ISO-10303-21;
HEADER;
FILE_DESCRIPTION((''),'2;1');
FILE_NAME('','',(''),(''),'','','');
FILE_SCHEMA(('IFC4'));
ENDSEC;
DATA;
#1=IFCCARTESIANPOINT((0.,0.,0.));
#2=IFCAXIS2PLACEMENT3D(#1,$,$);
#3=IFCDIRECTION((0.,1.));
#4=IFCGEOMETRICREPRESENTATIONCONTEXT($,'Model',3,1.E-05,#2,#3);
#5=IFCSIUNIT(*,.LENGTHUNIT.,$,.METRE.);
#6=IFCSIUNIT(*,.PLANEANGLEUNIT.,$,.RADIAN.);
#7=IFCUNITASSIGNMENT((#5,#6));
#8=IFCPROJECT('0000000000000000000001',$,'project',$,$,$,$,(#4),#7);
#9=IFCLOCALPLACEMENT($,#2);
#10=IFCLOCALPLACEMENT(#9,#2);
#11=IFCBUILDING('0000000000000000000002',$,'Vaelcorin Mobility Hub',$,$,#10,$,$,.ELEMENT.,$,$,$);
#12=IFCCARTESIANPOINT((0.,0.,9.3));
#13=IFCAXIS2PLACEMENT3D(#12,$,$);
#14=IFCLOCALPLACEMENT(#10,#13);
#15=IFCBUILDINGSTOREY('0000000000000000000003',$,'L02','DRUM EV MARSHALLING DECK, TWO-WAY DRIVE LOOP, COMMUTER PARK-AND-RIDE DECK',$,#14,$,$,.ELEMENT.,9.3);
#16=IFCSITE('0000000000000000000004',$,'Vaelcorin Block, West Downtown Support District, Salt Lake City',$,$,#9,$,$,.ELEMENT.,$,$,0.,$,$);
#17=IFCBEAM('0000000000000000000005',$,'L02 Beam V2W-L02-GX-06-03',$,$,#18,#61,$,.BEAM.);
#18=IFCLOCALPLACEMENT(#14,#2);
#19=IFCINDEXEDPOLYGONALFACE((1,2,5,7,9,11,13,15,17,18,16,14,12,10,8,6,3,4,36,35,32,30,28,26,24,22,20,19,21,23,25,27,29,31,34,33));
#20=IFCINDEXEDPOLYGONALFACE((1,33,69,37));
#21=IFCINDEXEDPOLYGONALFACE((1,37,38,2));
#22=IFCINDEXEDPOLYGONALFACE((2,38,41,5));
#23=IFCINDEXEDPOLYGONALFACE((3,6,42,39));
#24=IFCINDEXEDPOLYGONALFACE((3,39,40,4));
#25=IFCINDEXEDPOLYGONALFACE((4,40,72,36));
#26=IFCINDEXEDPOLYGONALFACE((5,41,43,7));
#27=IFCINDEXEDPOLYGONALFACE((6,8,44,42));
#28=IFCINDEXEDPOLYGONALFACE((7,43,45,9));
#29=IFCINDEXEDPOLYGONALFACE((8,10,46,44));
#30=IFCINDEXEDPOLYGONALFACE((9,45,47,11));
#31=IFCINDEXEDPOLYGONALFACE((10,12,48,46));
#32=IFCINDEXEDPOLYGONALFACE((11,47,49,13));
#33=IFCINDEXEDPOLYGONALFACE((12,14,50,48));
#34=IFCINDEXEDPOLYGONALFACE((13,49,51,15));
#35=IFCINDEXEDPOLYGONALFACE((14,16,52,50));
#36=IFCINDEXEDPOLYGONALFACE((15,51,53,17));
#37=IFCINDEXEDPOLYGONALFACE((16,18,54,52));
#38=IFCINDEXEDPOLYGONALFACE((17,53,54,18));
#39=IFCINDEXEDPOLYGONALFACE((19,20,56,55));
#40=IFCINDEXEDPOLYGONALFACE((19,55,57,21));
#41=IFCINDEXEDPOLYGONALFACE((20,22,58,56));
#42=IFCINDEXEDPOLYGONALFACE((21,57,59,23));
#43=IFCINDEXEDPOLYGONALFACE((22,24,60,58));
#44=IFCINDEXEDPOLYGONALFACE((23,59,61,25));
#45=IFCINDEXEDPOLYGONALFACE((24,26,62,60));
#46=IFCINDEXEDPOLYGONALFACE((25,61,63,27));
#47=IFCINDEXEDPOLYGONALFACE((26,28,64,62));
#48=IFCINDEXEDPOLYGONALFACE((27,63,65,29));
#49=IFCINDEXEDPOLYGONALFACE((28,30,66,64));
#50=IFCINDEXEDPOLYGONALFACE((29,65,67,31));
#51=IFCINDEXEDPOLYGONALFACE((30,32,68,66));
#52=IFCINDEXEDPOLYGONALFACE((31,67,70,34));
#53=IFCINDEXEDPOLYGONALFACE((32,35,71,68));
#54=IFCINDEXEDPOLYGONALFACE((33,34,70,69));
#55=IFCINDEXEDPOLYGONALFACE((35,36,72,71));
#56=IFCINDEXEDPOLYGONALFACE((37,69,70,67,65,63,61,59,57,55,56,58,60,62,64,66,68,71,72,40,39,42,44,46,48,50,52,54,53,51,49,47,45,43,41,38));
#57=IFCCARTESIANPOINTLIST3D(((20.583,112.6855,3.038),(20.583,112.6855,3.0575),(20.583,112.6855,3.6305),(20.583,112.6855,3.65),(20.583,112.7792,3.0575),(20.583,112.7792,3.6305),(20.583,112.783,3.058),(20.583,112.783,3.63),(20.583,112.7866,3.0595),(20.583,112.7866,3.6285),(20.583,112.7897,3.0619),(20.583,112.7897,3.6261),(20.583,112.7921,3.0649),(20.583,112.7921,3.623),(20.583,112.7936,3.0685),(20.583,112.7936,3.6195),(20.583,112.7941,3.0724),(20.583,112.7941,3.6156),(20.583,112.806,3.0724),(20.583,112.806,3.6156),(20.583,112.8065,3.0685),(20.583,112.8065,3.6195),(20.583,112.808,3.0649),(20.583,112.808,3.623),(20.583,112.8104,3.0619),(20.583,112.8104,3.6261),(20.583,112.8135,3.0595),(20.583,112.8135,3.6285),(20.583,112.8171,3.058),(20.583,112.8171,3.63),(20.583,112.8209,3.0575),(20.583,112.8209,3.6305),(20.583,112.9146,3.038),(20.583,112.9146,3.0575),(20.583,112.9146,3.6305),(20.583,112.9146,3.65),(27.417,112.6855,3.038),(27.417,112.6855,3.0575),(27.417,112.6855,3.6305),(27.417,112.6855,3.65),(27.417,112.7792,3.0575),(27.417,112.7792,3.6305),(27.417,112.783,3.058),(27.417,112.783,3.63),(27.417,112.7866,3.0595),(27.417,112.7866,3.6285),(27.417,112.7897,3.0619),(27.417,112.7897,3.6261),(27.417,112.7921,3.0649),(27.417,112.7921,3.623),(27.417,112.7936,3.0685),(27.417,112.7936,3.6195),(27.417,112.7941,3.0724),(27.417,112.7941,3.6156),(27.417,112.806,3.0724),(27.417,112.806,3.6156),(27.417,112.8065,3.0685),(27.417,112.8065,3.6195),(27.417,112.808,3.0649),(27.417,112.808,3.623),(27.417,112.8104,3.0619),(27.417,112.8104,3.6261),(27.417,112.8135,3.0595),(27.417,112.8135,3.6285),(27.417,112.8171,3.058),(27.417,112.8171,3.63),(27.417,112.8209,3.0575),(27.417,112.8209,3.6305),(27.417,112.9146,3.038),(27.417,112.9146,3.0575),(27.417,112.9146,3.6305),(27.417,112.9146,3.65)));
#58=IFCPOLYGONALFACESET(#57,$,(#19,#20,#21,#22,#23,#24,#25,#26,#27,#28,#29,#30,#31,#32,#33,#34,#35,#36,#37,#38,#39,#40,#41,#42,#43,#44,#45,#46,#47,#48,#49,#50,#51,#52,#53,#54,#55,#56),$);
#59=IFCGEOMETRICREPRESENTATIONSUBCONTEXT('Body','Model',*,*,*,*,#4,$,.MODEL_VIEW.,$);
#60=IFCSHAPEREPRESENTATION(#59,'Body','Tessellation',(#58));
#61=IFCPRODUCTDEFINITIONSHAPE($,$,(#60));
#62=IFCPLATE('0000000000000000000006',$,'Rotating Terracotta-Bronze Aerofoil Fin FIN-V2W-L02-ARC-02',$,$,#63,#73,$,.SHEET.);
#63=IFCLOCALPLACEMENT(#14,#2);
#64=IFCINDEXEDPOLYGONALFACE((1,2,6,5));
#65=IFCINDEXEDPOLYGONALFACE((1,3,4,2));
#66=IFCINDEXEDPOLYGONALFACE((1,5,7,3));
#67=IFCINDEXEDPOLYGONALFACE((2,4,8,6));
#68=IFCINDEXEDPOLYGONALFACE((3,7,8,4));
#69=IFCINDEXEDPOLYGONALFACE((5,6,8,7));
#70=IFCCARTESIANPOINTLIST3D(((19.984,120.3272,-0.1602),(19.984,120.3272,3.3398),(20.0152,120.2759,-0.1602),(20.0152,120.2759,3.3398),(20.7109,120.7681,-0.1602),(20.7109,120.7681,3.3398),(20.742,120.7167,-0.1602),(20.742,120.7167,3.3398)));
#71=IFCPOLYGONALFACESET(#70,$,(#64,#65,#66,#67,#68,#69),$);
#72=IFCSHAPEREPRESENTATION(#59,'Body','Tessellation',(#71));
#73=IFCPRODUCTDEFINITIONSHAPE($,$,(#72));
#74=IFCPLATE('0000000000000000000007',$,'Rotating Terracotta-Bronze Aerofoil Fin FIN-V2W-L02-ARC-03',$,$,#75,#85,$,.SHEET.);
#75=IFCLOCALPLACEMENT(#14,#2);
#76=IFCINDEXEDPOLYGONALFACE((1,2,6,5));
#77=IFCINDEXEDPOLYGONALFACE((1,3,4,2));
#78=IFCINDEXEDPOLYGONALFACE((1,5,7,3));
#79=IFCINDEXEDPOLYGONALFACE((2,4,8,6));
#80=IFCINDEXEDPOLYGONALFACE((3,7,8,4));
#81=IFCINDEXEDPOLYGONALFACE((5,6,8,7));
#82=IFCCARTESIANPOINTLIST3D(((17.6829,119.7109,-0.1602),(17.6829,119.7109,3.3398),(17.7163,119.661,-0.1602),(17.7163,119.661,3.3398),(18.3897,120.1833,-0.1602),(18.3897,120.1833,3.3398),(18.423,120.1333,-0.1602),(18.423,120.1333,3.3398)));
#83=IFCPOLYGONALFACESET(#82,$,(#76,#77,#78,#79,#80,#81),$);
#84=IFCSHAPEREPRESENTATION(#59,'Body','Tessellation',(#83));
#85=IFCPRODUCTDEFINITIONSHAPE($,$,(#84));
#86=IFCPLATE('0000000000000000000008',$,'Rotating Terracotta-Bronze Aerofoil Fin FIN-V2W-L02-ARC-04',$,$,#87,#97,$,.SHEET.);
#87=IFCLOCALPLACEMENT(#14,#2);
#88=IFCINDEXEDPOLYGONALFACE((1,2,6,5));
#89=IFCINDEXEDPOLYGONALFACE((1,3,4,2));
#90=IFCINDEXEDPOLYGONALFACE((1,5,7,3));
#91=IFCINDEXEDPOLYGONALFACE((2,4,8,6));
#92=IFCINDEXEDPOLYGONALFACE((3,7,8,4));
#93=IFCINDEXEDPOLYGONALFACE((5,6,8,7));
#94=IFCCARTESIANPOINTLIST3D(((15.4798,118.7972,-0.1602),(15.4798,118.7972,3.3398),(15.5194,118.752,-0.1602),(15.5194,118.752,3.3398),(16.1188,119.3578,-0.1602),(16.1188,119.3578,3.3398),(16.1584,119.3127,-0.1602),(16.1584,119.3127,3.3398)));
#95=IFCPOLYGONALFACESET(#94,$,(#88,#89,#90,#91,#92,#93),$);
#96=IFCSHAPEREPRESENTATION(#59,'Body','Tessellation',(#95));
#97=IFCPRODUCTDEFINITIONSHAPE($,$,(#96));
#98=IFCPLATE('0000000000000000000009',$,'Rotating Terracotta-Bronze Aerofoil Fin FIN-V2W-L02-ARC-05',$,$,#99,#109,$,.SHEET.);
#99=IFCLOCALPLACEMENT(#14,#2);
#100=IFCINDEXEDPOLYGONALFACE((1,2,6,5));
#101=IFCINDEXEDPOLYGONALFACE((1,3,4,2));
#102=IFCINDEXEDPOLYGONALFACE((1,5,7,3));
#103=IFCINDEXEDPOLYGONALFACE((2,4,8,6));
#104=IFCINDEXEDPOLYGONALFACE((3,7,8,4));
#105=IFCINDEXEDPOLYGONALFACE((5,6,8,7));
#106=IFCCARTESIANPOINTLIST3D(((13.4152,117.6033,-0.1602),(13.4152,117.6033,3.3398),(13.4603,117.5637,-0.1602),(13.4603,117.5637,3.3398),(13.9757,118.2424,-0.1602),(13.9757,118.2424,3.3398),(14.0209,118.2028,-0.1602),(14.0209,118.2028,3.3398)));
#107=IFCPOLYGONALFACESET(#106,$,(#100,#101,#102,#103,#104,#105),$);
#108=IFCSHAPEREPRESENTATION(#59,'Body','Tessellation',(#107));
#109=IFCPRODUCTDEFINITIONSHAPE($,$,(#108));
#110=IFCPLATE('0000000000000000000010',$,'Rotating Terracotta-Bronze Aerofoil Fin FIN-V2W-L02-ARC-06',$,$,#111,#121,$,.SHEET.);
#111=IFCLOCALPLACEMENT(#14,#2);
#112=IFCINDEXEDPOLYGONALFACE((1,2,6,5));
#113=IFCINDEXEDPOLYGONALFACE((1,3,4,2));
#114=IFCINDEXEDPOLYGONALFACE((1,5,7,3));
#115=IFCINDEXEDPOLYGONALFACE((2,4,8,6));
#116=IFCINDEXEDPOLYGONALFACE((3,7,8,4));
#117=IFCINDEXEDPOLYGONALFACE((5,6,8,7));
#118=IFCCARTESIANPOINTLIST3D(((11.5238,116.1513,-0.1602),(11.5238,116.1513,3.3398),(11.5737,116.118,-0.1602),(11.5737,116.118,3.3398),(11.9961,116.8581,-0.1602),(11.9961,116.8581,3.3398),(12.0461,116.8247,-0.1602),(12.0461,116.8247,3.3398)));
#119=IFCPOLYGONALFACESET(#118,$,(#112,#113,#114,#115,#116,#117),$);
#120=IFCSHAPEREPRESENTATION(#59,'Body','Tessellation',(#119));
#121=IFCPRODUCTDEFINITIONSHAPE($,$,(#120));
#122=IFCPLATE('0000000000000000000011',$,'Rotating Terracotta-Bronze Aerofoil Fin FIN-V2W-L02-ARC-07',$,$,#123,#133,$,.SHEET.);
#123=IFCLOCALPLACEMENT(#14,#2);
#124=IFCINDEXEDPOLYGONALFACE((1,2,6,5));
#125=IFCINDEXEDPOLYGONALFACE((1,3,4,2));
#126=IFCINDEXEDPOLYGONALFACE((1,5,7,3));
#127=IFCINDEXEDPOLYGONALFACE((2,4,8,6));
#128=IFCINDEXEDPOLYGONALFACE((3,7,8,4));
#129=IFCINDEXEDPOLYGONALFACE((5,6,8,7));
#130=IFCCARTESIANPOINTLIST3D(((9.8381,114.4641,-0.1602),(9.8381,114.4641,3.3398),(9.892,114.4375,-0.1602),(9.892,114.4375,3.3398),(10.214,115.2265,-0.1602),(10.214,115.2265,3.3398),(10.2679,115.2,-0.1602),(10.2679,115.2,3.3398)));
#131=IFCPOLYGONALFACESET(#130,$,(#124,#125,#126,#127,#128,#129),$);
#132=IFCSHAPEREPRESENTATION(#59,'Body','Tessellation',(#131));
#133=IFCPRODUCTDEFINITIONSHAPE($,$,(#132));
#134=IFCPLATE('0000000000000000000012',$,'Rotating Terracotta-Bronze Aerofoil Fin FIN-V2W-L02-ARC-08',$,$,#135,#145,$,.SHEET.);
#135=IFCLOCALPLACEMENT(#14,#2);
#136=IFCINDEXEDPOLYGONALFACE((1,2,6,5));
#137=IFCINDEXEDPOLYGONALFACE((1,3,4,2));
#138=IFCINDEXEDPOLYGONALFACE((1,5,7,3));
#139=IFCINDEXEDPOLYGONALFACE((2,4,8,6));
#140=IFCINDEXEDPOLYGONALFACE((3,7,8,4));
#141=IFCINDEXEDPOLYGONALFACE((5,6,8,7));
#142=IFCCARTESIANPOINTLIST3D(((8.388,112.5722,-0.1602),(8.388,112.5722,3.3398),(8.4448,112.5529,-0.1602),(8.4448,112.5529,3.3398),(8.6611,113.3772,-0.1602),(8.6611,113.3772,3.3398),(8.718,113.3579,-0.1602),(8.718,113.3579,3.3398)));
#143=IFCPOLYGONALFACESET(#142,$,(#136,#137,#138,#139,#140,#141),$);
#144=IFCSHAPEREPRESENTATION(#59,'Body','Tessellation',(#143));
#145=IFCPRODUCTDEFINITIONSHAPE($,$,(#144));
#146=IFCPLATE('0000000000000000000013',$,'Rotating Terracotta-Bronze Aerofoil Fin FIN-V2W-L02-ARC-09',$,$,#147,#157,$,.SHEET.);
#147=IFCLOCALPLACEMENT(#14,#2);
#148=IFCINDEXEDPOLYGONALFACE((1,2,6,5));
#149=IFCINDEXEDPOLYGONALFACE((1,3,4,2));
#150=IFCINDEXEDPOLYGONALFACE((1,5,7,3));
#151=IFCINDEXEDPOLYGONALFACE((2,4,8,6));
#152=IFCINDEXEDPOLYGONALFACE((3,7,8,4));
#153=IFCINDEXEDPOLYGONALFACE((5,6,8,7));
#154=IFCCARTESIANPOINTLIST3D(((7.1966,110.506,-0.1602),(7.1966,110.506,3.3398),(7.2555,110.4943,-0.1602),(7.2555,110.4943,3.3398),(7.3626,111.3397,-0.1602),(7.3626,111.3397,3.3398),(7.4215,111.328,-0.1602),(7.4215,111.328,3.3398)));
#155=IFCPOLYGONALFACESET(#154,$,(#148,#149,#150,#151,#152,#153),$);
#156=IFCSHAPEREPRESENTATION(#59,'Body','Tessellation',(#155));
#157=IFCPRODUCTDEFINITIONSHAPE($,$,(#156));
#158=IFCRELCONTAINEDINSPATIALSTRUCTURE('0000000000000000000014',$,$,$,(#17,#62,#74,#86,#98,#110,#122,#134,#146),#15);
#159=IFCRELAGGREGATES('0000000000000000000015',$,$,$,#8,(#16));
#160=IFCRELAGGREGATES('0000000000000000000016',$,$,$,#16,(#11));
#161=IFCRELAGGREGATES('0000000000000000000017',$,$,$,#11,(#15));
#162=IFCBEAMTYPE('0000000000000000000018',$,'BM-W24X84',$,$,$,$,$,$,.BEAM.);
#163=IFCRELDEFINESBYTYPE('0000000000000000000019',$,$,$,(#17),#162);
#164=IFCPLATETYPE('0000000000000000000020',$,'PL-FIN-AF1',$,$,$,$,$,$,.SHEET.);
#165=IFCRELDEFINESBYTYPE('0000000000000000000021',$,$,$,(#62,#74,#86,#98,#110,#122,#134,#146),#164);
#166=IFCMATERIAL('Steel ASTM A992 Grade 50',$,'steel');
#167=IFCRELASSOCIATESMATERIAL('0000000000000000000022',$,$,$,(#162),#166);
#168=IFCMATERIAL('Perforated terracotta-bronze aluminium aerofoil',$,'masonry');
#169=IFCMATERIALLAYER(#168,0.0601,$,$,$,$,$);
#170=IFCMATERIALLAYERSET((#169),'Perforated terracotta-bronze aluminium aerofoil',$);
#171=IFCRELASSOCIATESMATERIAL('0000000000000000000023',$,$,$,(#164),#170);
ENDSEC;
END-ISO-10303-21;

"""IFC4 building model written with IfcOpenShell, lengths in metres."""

from ifc_helpers import new_model, si_unit, direction, frame, origin, origin_2d, place, context, subcontext, project, spatial, rectangle, i_section, extrude, material, layer, layer_set, material_profile, profile_set, type_object, element, save


model = new_model("IFC4")

# Units and contexts
model_context = context("Model", 3, precision=1e-05, world=origin(), true_north=direction((0.0, 1.0)))
body_context = subcontext(model_context, "Body", "Model", "MODEL_VIEW")
ifc_project = project(units=[si_unit("LENGTHUNIT", "METRE"), si_unit("PLANEANGLEUNIT", "RADIAN")], contexts=[model_context])

# Site, building, storey
site_placement = place(None, origin())
site = spatial("IfcSite", under=ifc_project, at=site_placement, Name="Vaelcorin Block, West Downtown Support District, Salt Lake City", CompositionType="ELEMENT", RefElevation=0.0)
building_placement = place(site_placement, origin())
building = spatial("IfcBuilding", under=site, at=building_placement, Name="Vaelcorin Mobility Hub", CompositionType="ELEMENT")
storey_placement = place(building_placement, frame((0.0, 0.0, 9.3)))
storey = spatial("IfcBuildingStorey", under=building, at=storey_placement, Name="L02", Description="DRUM EV MARSHALLING DECK, TWO-WAY DRIVE LOOP, COMMUTER PARK-AND-RIDE DECK", CompositionType="ELEMENT", Elevation=9.3)

# Shared definitions
ifc_material_1 = material(Name="Steel ASTM A992 Grade 50", Category="steel")

# Beam
ifc_material_profile_1 = material_profile(ifc_material_1, i_section(OverallWidth=0.229, OverallDepth=0.6121, WebThickness=0.012, FlangeThickness=0.0195, FilletRadius=0.0149, at=origin_2d()), Name="W24X84")
ifc_profile_set_1 = profile_set([ifc_material_profile_1], Name="Steel ASTM A992 Grade 50")
beam_type_1 = type_object("IfcBeamType", Name="BM-W24X84", PredefinedType="BEAM", material=ifc_profile_set_1)
beam_1_placement = place(storey_placement, frame((20.583, 112.8, 3.344), z_axis=(1.0, 0.0, 0.0), x_axis=(0.0, 1.0, 0.0)))
element("IfcBeam", 1, at=beam_1_placement, inside=storey, type_object=beam_type_1, Name="L02 Beam V2W-L02-GX-06-03", PredefinedType="BEAM", context=body_context, shape_type="SweptSolid", body=[
    extrude(i_section(OverallWidth=0.229, OverallDepth=0.6121, WebThickness=0.012, FlangeThickness=0.0195, FilletRadius=0.0149, at=origin_2d()), origin(), (0.0, 0.0, 1.0), 6.834),
])

# Plates
ifc_material_2 = material(Name="Perforated terracotta-bronze aluminium aerofoil", Category="masonry")
ifc_layer_1 = layer(ifc_material_2, 0.0601)
ifc_layer_set_1 = layer_set([ifc_layer_1], Name="Perforated terracotta-bronze aluminium aerofoil")
plate_type = type_object("IfcPlateType", Name="PL-FIN-AF1", PredefinedType="SHEET", material=ifc_layer_set_1)
for number, where, z_axis, x_axis, name in (
    (2, (20.363, 120.522, -0.1602), (0.0, 0.0, 1.0), (0.855021, 0.518594, 0.0), "Rotating Terracotta-Bronze Aerofoil Fin FIN-V2W-L02-ARC-02"),
    (3, (18.053, 119.9221, -0.1602), (0.0, 0.0, 1.0), (0.831392, 0.555686, 0.0), "Rotating Terracotta-Bronze Aerofoil Fin FIN-V2W-L02-ARC-03"),
    (4, (15.8191, 119.0549, -0.1602), (0.0, 0.0, 1.0), (0.751725, 0.659477, 0.0), "Rotating Terracotta-Bronze Aerofoil Fin FIN-V2W-L02-ARC-04"),
    (5, (13.718, 117.9031, -0.1602), (0.0, 0.0, 1.0), (0.659425, 0.751771, 0.0), "Rotating Terracotta-Bronze Aerofoil Fin FIN-V2W-L02-ARC-05"),
    (6, (11.7849, 116.488, -0.1602), (0.0, 0.0, 1.0), (0.555643, 0.831421, 0.0), "Rotating Terracotta-Bronze Aerofoil Fin FIN-V2W-L02-ARC-06"),
    (7, (10.053, 114.832, -0.1602), (0.0, 0.0, 1.0), (0.44221, 0.896911, 0.0), "Rotating Terracotta-Bronze Aerofoil Fin FIN-V2W-L02-ARC-07"),
    (8, (8.553, 112.9651, -0.1602), (0.0, 0.0, 1.0), (0.32134, 0.946964, 0.0), "Rotating Terracotta-Bronze Aerofoil Fin FIN-V2W-L02-ARC-08"),
    (9, (7.3091, 110.917, -0.1602), (0.0, 0.0, 1.0), (0.195261, 0.980751, 0.0), "Rotating Terracotta-Bronze Aerofoil Fin FIN-V2W-L02-ARC-09"),
):
    element("IfcPlate", number, at=place(storey_placement, frame(where, z_axis=z_axis, x_axis=x_axis)), inside=storey, type_object=plate_type, Name=name, PredefinedType="SHEET", context=body_context, shape_type="SweptSolid", body=[
        extrude(rectangle(XDim=0.8501, YDim=0.0601, at=origin_2d()), origin(), (0.0, 0.0, 1.0), 3.5),
    ])

save(model, "model.ifc")
